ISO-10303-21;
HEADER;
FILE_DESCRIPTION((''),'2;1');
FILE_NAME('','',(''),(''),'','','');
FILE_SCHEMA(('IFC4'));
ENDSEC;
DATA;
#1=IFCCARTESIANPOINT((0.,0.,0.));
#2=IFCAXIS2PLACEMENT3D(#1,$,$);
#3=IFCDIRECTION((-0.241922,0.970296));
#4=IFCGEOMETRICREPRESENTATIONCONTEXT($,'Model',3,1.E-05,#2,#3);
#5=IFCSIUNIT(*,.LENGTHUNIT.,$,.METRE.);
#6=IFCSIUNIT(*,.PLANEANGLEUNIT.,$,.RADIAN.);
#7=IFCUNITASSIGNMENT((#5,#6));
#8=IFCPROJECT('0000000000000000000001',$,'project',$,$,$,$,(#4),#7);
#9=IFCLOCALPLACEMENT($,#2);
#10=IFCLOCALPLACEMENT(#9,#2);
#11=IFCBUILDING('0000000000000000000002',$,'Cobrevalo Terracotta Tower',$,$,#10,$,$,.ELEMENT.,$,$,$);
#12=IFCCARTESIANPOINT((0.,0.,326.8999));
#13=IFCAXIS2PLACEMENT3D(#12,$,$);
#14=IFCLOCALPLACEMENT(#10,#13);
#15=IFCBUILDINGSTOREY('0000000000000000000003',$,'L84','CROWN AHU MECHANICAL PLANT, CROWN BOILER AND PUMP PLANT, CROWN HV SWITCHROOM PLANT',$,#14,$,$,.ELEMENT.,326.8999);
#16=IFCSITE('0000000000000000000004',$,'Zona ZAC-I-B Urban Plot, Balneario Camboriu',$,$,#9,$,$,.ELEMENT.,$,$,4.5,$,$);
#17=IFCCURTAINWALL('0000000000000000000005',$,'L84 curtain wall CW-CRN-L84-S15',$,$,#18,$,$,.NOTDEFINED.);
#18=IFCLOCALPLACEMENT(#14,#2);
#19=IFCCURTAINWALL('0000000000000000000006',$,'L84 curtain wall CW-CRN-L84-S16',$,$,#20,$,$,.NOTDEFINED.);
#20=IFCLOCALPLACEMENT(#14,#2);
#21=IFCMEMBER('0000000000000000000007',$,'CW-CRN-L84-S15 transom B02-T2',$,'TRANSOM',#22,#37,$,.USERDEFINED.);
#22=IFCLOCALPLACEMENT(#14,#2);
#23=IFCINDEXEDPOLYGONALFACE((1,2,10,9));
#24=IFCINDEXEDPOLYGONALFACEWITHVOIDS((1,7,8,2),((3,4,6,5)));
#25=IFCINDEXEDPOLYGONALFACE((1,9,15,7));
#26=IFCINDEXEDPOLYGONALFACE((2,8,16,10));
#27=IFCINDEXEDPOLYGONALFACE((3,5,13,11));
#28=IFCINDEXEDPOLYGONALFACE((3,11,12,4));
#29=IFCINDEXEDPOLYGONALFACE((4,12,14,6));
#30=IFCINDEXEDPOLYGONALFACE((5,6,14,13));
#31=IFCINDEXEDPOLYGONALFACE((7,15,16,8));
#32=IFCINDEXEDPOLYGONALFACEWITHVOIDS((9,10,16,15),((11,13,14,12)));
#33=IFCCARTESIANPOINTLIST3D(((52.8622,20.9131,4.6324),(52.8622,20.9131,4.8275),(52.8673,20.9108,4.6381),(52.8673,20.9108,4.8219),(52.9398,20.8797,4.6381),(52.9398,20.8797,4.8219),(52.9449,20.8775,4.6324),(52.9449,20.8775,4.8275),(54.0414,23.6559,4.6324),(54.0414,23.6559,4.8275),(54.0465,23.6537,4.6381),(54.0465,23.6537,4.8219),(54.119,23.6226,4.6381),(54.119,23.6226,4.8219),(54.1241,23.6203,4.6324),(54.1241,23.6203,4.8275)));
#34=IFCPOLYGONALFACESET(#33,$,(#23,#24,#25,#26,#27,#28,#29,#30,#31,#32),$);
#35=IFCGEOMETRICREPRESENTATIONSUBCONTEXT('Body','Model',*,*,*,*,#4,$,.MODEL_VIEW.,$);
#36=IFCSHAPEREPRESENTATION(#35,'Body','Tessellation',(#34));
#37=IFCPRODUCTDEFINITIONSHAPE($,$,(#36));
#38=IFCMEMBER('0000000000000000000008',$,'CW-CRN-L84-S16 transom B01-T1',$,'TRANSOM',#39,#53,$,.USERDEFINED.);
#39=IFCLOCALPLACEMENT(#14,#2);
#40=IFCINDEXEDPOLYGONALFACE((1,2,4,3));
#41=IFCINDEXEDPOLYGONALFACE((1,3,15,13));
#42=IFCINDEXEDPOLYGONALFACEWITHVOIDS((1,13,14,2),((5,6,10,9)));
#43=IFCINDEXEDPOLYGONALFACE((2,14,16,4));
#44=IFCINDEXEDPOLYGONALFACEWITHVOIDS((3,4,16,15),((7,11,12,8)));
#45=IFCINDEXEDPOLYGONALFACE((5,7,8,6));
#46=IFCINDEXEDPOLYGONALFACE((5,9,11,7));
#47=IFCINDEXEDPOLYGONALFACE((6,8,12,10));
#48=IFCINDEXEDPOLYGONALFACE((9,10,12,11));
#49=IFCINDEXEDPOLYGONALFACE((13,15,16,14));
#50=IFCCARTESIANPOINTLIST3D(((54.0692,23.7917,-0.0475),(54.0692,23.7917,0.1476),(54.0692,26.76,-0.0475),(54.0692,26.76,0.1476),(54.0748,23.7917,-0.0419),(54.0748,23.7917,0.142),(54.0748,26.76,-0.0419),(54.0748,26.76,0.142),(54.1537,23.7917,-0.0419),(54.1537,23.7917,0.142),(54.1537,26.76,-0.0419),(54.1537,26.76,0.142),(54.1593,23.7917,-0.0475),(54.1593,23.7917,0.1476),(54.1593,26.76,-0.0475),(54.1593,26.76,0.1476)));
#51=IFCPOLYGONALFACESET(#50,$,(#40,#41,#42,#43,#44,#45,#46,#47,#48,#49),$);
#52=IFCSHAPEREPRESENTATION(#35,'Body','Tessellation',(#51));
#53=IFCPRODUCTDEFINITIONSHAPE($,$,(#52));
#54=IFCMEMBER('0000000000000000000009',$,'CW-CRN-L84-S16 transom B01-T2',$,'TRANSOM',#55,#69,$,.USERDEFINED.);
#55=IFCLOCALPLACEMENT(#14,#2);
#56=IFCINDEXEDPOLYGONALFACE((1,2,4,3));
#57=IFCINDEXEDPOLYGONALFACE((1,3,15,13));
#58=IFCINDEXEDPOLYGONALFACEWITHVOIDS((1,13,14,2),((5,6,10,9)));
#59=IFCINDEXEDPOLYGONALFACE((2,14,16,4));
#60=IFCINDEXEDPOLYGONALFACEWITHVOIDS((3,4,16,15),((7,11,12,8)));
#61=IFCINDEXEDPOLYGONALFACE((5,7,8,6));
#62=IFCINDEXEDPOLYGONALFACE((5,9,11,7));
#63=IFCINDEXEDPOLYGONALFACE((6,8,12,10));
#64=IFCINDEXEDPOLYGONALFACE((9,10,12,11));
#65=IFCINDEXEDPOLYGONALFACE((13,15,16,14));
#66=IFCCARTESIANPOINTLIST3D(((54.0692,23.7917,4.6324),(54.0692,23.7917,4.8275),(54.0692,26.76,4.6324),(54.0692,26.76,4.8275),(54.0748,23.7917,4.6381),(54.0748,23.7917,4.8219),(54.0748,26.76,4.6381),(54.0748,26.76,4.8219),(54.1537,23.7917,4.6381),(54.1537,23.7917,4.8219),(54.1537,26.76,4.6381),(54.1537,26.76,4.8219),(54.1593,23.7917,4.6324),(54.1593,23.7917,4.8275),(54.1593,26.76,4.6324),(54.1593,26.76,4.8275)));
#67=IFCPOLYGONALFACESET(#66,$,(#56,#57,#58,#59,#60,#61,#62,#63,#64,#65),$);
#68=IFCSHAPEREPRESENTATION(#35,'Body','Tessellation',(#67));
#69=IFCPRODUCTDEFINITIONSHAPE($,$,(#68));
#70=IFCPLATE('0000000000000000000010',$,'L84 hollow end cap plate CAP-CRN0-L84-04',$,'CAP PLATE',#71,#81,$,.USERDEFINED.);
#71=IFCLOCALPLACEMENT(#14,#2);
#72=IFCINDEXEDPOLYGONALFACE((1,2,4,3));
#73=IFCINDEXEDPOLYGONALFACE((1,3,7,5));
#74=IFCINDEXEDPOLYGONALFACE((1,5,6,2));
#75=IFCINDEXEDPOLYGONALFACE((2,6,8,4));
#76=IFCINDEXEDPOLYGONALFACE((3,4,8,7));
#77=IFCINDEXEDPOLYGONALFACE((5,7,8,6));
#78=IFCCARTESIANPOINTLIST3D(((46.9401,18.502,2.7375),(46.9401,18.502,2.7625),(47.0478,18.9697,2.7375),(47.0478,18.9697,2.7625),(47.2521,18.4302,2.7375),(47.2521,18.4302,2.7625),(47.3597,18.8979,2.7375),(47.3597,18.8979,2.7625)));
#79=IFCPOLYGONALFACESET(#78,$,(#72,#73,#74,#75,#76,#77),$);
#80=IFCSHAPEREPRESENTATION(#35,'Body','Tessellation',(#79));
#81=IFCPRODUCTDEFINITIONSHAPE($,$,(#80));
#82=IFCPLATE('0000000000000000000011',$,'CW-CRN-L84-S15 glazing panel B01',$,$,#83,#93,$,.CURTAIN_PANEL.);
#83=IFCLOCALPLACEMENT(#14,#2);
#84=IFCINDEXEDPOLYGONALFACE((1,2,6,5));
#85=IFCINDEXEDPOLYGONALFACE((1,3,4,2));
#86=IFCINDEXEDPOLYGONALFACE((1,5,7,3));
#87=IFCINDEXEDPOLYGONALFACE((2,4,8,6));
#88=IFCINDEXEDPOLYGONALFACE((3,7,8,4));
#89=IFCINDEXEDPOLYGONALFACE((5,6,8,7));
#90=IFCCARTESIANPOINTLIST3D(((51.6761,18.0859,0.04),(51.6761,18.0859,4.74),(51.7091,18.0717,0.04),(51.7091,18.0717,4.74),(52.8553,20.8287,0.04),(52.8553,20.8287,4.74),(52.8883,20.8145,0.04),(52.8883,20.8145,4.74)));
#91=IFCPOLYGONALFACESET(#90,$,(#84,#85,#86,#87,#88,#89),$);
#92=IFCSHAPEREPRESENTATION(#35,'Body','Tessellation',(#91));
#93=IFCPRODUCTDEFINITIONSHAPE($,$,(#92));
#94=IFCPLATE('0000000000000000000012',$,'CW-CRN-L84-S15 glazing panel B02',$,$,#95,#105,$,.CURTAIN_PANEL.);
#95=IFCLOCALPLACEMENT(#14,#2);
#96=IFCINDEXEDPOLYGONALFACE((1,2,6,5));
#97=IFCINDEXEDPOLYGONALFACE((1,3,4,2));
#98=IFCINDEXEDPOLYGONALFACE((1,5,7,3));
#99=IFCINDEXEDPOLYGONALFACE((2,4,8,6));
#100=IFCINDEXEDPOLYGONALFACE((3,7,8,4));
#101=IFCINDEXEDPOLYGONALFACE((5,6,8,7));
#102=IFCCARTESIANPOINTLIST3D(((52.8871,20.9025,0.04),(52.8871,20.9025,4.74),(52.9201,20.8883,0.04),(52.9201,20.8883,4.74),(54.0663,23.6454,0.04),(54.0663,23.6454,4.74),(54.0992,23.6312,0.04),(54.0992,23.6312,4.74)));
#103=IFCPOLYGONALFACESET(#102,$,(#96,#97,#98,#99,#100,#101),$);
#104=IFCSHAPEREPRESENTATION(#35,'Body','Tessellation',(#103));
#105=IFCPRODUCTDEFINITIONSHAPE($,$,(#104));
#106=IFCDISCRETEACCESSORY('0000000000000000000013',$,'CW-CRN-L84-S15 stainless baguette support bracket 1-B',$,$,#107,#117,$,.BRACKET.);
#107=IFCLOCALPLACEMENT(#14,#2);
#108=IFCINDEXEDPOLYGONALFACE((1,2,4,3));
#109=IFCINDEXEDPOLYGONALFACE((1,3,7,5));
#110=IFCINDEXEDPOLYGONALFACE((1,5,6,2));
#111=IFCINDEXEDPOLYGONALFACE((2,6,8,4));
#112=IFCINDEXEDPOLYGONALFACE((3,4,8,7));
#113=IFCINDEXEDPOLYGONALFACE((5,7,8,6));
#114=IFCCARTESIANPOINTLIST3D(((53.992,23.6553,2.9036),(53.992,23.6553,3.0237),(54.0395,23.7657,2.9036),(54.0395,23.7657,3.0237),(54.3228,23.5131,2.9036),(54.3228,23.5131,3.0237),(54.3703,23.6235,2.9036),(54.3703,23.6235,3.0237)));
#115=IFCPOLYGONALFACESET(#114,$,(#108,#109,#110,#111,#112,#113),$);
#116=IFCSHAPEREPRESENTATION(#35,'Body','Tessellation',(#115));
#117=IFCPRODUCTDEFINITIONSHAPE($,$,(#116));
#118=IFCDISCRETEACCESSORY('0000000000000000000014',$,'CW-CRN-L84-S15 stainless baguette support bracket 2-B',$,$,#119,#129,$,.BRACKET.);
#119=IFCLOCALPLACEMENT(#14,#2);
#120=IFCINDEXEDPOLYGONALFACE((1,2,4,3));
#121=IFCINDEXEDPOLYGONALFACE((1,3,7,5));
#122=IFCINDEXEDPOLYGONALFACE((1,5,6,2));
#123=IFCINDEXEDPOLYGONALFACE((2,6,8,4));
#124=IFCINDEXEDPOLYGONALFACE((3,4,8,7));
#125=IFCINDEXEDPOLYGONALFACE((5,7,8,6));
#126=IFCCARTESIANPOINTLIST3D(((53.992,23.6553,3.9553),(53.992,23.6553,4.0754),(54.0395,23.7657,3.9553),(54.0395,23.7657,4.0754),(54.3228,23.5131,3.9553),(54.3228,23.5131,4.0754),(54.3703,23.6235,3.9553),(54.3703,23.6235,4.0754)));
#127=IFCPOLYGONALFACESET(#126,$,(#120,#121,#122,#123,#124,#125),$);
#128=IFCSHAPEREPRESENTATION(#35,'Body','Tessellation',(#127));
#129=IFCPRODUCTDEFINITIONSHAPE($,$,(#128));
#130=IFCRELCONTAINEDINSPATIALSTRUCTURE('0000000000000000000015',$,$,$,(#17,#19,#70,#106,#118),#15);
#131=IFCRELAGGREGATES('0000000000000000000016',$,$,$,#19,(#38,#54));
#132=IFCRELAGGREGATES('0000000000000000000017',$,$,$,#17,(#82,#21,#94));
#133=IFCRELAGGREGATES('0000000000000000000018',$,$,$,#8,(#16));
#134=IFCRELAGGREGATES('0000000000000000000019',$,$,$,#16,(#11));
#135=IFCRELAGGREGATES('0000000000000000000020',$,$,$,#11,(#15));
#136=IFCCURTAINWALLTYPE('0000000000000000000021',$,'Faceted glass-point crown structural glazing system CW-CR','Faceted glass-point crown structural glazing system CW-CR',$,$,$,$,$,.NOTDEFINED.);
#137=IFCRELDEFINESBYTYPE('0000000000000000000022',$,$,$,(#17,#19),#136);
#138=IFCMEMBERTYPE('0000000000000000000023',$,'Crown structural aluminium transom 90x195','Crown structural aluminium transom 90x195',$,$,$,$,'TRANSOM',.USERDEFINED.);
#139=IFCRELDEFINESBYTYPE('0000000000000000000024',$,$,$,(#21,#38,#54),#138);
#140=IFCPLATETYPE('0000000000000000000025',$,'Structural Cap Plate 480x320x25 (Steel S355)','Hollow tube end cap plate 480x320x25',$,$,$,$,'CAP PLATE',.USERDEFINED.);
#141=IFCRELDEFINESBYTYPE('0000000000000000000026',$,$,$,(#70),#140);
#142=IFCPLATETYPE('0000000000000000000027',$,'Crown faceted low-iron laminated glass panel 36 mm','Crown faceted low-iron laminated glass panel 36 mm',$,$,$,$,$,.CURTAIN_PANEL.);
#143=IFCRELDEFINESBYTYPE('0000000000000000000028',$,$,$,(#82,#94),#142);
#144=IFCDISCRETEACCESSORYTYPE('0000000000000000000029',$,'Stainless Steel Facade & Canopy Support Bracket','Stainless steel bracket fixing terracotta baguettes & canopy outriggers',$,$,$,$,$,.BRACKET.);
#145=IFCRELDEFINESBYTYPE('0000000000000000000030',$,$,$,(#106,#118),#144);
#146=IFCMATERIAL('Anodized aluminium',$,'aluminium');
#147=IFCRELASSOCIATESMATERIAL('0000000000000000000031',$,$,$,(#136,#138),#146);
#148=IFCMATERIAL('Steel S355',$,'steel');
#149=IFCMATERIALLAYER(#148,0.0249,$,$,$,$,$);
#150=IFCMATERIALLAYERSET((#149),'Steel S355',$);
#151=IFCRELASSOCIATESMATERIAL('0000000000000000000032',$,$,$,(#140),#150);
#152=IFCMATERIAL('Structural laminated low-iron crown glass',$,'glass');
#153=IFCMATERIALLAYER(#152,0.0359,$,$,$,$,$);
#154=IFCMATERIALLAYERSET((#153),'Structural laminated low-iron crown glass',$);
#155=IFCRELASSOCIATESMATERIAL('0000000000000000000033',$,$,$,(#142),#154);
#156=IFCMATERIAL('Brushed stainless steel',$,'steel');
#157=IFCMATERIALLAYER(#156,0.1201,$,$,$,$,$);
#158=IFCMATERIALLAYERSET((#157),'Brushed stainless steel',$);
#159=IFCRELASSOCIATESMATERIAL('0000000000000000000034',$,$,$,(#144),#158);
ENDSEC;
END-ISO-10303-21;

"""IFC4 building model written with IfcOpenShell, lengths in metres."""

from ifc_helpers import new_model, si_unit, direction, frame, origin, origin_2d, place, context, subcontext, project, spatial, rectangle, hollow_rectangle, extrude, source, transform, mapped, material, layer, layer_set, material_profile, profile_set, type_object, element, aggregate, save


model = new_model("IFC4")

# Units and contexts
model_context = context("Model", 3, precision=1e-05, world=origin(), true_north=direction((-0.241922, 0.970296)))
body_context = subcontext(model_context, "Body", "Model", "MODEL_VIEW")
ifc_project = project(units=[si_unit("LENGTHUNIT", "METRE"), si_unit("PLANEANGLEUNIT", "RADIAN")], contexts=[model_context])

# Site, building, storey
site_placement = place(None, origin())
site = spatial("IfcSite", under=ifc_project, at=site_placement, Name="Zona ZAC-I-B Urban Plot, Balneario Camboriu", CompositionType="ELEMENT", RefElevation=4.5)
building_placement = place(site_placement, origin())
building = spatial("IfcBuilding", under=site, at=building_placement, Name="Cobrevalo Terracotta Tower", CompositionType="ELEMENT")
storey_placement = place(building_placement, frame((0.0, 0.0, 326.8999)))
storey = spatial("IfcBuildingStorey", under=building, at=storey_placement, Name="L84", Description="CROWN AHU MECHANICAL PLANT, CROWN BOILER AND PUMP PLANT, CROWN HV SWITCHROOM PLANT", CompositionType="ELEMENT", Elevation=326.8999)

# Shared definitions
ifc_material_1 = material(Name="Steel S355", Category="steel")

# Curtain wall
ifc_material_2 = material(Name="Anodized aluminium", Category="aluminium")
curtain_wall_type = type_object("IfcCurtainWallType", Name="Faceted glass-point crown structural glazing system CW-CR", Description="Faceted glass-point crown structural glazing system CW-CR", PredefinedType="NOTDEFINED", material=ifc_material_2)
curtain_wall_1_placement = place(storey_placement, origin())
curtain_wall_1 = element("IfcCurtainWall", 1, at=curtain_wall_1_placement, inside=storey, type_object=curtain_wall_type, Name="L84 curtain wall CW-CRN-L84-S15", PredefinedType="NOTDEFINED")

# Curtain wall
curtain_wall_2_placement = place(storey_placement, origin())
curtain_wall_2 = element("IfcCurtainWall", 2, at=curtain_wall_2_placement, inside=storey, type_object=curtain_wall_type, Name="L84 curtain wall CW-CRN-L84-S16", PredefinedType="NOTDEFINED")

# Members
ifc_material_profile_1 = material_profile(ifc_material_2, hollow_rectangle(XDim=0.0901, YDim=0.1951, WallThickness=0.0056, at=origin_2d()), Name="CWT 90x195")
ifc_profile_set_1 = profile_set([ifc_material_profile_1], Name="Anodized aluminium")
member_type_1 = type_object("IfcMemberType", Name="Crown structural aluminium transom 90x195", Description="Crown structural aluminium transom 90x195", ElementType="TRANSOM", PredefinedType="USERDEFINED", material=ifc_profile_set_1)
shared_shape_1 = source(origin(), body_context, "Body", "SweptSolid", [
    extrude(hollow_rectangle(XDim=0.0901, YDim=0.1951, WallThickness=0.0056, at=origin_2d()), origin(), (0.0, 0.0, 1.0), 2.9856),
])
member_1_placement = place(storey_placement, frame((52.9036, 20.8953, 4.73), z_axis=(0.394955, 0.9187, 0.0), x_axis=(-0.9187, 0.394955, 0.0)))
member_1 = element("IfcMember", 3, at=member_1_placement, type_object=member_type_1, Name="CW-CRN-L84-S15 transom B02-T2", ObjectType="TRANSOM", PredefinedType="USERDEFINED", context=body_context, shape_type="MappedRepresentation", body=[
    mapped(shared_shape_1, transform((0.0, 0.0, 0.0), scale=1.0)),
])
shared_shape_2 = source(origin(), body_context, "Body", "SweptSolid", [
    extrude(hollow_rectangle(XDim=0.0901, YDim=0.1951, WallThickness=0.0056, at=origin_2d()), origin(), (0.0, 0.0, 1.0), 2.9683),
])
member_2_placement = place(storey_placement, frame((54.1143, 23.7917, 0.05), z_axis=(0.0, 1.0, 0.0), x_axis=(-1.0, 0.0, 0.0)))
member_2 = element("IfcMember", 4, at=member_2_placement, type_object=member_type_1, Name="CW-CRN-L84-S16 transom B01-T1", ObjectType="TRANSOM", PredefinedType="USERDEFINED", context=body_context, shape_type="MappedRepresentation", body=[
    mapped(shared_shape_2, transform((0.0, 0.0, 0.0), scale=1.0)),
])
member_3_placement = place(storey_placement, frame((54.1143, 23.7917, 4.73), z_axis=(0.0, 1.0, 0.0), x_axis=(-1.0, 0.0, 0.0)))
member_3 = element("IfcMember", 5, at=member_3_placement, type_object=member_type_1, Name="CW-CRN-L84-S16 transom B01-T2", ObjectType="TRANSOM", PredefinedType="USERDEFINED", context=body_context, shape_type="MappedRepresentation", body=[
    mapped(shared_shape_2, transform((0.0, 0.0, 0.0), scale=1.0)),
])
aggregate(curtain_wall_2, [member_2, member_3])

# Plates
ifc_layer_1 = layer(ifc_material_1, 0.0249)
ifc_layer_set_1 = layer_set([ifc_layer_1], Name="Steel S355")
plate_type_1 = type_object("IfcPlateType", Name="Structural Cap Plate 480x320x25 (Steel S355)", Description="Hollow tube end cap plate 480x320x25", ElementType="CAP PLATE", PredefinedType="USERDEFINED", material=ifc_layer_set_1)
shared_shape_3 = source(origin(), body_context, "Body", "SweptSolid", [
    extrude(rectangle(XDim=0.48, YDim=0.3201, at=origin_2d()), origin(), (0.0, 0.0, 1.0), 0.0249),
])
plate_1_placement = place(storey_placement, frame((47.1499, 18.7, 2.7375), z_axis=(0.0, 0.0, 1.0), x_axis=(-0.224221, -0.974538, 0.0)))
element("IfcPlate", 6, at=plate_1_placement, inside=storey, type_object=plate_type_1, Name="L84 hollow end cap plate CAP-CRN0-L84-04", ObjectType="CAP PLATE", PredefinedType="USERDEFINED", context=body_context, shape_type="MappedRepresentation", body=[
    mapped(shared_shape_3, transform((0.0, 0.0, 0.0), scale=1.0)),
])
ifc_material_3 = material(Name="Structural laminated low-iron crown glass", Category="glass")
ifc_layer_2 = layer(ifc_material_3, 0.0359)
ifc_layer_set_2 = layer_set([ifc_layer_2], Name="Structural laminated low-iron crown glass")
plate_type_2 = type_object("IfcPlateType", Name="Crown faceted low-iron laminated glass panel 36 mm", Description="Crown faceted low-iron laminated glass panel 36 mm", PredefinedType="CURTAIN_PANEL", material=ifc_layer_set_2)
shared_shape_4 = source(origin(), body_context, "Body", "SweptSolid", [
    extrude(rectangle(XDim=2.9856, YDim=0.0359, at=origin_2d()), origin(), (0.0, 0.0, 1.0), 4.7),
])
plate_2_placement = place(storey_placement, frame((52.2822, 19.4502, 0.04), z_axis=(0.0, 0.0, 1.0), x_axis=(0.39496, 0.918698, 0.0)))
plate_2 = element("IfcPlate", 7, at=plate_2_placement, type_object=plate_type_2, Name="CW-CRN-L84-S15 glazing panel B01", PredefinedType="CURTAIN_PANEL", context=body_context, shape_type="MappedRepresentation", body=[
    mapped(shared_shape_4, transform((0.0, 0.0, 0.0), scale=1.0)),
])
plate_3_placement = place(storey_placement, frame((53.4932, 22.2668, 0.04), z_axis=(0.0, 0.0, 1.0), x_axis=(0.39496, 0.918698, 0.0)))
plate_3 = element("IfcPlate", 8, at=plate_3_placement, type_object=plate_type_2, Name="CW-CRN-L84-S15 glazing panel B02", PredefinedType="CURTAIN_PANEL", context=body_context, shape_type="MappedRepresentation", body=[
    mapped(shared_shape_4, transform((0.0, 0.0, 0.0), scale=1.0)),
])
aggregate(curtain_wall_1, [plate_2, member_1, plate_3])

# Discrete accessories
ifc_material_4 = material(Name="Brushed stainless steel", Category="steel")
ifc_layer_3 = layer(ifc_material_4, 0.1201)
ifc_layer_set_3 = layer_set([ifc_layer_3], Name="Brushed stainless steel")
discrete_accessory_type = type_object("IfcDiscreteAccessoryType", Name="Stainless Steel Facade & Canopy Support Bracket", Description="Stainless steel bracket fixing terracotta baguettes & canopy outriggers", PredefinedType="BRACKET", material=ifc_layer_set_3)
shared_shape_5 = source(origin(), body_context, "Body", "SweptSolid", [
    extrude(rectangle(XDim=0.1201, YDim=0.3601, at=origin_2d()), origin(), (0.0, 0.0, 1.0), 0.1201),
])
for number, where, z_axis, x_axis, name in (
    (9, (54.1812, 23.6394, 2.9036), (0.0, 0.0, 1.0), (0.39496, 0.918698, 0.0), "CW-CRN-L84-S15 stainless baguette support bracket 1-B"),
    (10, (54.1812, 23.6394, 3.9553), (0.0, 0.0, 1.0), (0.39496, 0.918698, 0.0), "CW-CRN-L84-S15 stainless baguette support bracket 2-B"),
):
    element("IfcDiscreteAccessory", number, at=place(storey_placement, frame(where, z_axis=z_axis, x_axis=x_axis)), inside=storey, type_object=discrete_accessory_type, Name=name, PredefinedType="BRACKET", context=body_context, shape_type="MappedRepresentation", body=[
        mapped(shared_shape_5, transform((0.0, 0.0, 0.0), scale=1.0)),
    ])

save(model, "model.ifc")
